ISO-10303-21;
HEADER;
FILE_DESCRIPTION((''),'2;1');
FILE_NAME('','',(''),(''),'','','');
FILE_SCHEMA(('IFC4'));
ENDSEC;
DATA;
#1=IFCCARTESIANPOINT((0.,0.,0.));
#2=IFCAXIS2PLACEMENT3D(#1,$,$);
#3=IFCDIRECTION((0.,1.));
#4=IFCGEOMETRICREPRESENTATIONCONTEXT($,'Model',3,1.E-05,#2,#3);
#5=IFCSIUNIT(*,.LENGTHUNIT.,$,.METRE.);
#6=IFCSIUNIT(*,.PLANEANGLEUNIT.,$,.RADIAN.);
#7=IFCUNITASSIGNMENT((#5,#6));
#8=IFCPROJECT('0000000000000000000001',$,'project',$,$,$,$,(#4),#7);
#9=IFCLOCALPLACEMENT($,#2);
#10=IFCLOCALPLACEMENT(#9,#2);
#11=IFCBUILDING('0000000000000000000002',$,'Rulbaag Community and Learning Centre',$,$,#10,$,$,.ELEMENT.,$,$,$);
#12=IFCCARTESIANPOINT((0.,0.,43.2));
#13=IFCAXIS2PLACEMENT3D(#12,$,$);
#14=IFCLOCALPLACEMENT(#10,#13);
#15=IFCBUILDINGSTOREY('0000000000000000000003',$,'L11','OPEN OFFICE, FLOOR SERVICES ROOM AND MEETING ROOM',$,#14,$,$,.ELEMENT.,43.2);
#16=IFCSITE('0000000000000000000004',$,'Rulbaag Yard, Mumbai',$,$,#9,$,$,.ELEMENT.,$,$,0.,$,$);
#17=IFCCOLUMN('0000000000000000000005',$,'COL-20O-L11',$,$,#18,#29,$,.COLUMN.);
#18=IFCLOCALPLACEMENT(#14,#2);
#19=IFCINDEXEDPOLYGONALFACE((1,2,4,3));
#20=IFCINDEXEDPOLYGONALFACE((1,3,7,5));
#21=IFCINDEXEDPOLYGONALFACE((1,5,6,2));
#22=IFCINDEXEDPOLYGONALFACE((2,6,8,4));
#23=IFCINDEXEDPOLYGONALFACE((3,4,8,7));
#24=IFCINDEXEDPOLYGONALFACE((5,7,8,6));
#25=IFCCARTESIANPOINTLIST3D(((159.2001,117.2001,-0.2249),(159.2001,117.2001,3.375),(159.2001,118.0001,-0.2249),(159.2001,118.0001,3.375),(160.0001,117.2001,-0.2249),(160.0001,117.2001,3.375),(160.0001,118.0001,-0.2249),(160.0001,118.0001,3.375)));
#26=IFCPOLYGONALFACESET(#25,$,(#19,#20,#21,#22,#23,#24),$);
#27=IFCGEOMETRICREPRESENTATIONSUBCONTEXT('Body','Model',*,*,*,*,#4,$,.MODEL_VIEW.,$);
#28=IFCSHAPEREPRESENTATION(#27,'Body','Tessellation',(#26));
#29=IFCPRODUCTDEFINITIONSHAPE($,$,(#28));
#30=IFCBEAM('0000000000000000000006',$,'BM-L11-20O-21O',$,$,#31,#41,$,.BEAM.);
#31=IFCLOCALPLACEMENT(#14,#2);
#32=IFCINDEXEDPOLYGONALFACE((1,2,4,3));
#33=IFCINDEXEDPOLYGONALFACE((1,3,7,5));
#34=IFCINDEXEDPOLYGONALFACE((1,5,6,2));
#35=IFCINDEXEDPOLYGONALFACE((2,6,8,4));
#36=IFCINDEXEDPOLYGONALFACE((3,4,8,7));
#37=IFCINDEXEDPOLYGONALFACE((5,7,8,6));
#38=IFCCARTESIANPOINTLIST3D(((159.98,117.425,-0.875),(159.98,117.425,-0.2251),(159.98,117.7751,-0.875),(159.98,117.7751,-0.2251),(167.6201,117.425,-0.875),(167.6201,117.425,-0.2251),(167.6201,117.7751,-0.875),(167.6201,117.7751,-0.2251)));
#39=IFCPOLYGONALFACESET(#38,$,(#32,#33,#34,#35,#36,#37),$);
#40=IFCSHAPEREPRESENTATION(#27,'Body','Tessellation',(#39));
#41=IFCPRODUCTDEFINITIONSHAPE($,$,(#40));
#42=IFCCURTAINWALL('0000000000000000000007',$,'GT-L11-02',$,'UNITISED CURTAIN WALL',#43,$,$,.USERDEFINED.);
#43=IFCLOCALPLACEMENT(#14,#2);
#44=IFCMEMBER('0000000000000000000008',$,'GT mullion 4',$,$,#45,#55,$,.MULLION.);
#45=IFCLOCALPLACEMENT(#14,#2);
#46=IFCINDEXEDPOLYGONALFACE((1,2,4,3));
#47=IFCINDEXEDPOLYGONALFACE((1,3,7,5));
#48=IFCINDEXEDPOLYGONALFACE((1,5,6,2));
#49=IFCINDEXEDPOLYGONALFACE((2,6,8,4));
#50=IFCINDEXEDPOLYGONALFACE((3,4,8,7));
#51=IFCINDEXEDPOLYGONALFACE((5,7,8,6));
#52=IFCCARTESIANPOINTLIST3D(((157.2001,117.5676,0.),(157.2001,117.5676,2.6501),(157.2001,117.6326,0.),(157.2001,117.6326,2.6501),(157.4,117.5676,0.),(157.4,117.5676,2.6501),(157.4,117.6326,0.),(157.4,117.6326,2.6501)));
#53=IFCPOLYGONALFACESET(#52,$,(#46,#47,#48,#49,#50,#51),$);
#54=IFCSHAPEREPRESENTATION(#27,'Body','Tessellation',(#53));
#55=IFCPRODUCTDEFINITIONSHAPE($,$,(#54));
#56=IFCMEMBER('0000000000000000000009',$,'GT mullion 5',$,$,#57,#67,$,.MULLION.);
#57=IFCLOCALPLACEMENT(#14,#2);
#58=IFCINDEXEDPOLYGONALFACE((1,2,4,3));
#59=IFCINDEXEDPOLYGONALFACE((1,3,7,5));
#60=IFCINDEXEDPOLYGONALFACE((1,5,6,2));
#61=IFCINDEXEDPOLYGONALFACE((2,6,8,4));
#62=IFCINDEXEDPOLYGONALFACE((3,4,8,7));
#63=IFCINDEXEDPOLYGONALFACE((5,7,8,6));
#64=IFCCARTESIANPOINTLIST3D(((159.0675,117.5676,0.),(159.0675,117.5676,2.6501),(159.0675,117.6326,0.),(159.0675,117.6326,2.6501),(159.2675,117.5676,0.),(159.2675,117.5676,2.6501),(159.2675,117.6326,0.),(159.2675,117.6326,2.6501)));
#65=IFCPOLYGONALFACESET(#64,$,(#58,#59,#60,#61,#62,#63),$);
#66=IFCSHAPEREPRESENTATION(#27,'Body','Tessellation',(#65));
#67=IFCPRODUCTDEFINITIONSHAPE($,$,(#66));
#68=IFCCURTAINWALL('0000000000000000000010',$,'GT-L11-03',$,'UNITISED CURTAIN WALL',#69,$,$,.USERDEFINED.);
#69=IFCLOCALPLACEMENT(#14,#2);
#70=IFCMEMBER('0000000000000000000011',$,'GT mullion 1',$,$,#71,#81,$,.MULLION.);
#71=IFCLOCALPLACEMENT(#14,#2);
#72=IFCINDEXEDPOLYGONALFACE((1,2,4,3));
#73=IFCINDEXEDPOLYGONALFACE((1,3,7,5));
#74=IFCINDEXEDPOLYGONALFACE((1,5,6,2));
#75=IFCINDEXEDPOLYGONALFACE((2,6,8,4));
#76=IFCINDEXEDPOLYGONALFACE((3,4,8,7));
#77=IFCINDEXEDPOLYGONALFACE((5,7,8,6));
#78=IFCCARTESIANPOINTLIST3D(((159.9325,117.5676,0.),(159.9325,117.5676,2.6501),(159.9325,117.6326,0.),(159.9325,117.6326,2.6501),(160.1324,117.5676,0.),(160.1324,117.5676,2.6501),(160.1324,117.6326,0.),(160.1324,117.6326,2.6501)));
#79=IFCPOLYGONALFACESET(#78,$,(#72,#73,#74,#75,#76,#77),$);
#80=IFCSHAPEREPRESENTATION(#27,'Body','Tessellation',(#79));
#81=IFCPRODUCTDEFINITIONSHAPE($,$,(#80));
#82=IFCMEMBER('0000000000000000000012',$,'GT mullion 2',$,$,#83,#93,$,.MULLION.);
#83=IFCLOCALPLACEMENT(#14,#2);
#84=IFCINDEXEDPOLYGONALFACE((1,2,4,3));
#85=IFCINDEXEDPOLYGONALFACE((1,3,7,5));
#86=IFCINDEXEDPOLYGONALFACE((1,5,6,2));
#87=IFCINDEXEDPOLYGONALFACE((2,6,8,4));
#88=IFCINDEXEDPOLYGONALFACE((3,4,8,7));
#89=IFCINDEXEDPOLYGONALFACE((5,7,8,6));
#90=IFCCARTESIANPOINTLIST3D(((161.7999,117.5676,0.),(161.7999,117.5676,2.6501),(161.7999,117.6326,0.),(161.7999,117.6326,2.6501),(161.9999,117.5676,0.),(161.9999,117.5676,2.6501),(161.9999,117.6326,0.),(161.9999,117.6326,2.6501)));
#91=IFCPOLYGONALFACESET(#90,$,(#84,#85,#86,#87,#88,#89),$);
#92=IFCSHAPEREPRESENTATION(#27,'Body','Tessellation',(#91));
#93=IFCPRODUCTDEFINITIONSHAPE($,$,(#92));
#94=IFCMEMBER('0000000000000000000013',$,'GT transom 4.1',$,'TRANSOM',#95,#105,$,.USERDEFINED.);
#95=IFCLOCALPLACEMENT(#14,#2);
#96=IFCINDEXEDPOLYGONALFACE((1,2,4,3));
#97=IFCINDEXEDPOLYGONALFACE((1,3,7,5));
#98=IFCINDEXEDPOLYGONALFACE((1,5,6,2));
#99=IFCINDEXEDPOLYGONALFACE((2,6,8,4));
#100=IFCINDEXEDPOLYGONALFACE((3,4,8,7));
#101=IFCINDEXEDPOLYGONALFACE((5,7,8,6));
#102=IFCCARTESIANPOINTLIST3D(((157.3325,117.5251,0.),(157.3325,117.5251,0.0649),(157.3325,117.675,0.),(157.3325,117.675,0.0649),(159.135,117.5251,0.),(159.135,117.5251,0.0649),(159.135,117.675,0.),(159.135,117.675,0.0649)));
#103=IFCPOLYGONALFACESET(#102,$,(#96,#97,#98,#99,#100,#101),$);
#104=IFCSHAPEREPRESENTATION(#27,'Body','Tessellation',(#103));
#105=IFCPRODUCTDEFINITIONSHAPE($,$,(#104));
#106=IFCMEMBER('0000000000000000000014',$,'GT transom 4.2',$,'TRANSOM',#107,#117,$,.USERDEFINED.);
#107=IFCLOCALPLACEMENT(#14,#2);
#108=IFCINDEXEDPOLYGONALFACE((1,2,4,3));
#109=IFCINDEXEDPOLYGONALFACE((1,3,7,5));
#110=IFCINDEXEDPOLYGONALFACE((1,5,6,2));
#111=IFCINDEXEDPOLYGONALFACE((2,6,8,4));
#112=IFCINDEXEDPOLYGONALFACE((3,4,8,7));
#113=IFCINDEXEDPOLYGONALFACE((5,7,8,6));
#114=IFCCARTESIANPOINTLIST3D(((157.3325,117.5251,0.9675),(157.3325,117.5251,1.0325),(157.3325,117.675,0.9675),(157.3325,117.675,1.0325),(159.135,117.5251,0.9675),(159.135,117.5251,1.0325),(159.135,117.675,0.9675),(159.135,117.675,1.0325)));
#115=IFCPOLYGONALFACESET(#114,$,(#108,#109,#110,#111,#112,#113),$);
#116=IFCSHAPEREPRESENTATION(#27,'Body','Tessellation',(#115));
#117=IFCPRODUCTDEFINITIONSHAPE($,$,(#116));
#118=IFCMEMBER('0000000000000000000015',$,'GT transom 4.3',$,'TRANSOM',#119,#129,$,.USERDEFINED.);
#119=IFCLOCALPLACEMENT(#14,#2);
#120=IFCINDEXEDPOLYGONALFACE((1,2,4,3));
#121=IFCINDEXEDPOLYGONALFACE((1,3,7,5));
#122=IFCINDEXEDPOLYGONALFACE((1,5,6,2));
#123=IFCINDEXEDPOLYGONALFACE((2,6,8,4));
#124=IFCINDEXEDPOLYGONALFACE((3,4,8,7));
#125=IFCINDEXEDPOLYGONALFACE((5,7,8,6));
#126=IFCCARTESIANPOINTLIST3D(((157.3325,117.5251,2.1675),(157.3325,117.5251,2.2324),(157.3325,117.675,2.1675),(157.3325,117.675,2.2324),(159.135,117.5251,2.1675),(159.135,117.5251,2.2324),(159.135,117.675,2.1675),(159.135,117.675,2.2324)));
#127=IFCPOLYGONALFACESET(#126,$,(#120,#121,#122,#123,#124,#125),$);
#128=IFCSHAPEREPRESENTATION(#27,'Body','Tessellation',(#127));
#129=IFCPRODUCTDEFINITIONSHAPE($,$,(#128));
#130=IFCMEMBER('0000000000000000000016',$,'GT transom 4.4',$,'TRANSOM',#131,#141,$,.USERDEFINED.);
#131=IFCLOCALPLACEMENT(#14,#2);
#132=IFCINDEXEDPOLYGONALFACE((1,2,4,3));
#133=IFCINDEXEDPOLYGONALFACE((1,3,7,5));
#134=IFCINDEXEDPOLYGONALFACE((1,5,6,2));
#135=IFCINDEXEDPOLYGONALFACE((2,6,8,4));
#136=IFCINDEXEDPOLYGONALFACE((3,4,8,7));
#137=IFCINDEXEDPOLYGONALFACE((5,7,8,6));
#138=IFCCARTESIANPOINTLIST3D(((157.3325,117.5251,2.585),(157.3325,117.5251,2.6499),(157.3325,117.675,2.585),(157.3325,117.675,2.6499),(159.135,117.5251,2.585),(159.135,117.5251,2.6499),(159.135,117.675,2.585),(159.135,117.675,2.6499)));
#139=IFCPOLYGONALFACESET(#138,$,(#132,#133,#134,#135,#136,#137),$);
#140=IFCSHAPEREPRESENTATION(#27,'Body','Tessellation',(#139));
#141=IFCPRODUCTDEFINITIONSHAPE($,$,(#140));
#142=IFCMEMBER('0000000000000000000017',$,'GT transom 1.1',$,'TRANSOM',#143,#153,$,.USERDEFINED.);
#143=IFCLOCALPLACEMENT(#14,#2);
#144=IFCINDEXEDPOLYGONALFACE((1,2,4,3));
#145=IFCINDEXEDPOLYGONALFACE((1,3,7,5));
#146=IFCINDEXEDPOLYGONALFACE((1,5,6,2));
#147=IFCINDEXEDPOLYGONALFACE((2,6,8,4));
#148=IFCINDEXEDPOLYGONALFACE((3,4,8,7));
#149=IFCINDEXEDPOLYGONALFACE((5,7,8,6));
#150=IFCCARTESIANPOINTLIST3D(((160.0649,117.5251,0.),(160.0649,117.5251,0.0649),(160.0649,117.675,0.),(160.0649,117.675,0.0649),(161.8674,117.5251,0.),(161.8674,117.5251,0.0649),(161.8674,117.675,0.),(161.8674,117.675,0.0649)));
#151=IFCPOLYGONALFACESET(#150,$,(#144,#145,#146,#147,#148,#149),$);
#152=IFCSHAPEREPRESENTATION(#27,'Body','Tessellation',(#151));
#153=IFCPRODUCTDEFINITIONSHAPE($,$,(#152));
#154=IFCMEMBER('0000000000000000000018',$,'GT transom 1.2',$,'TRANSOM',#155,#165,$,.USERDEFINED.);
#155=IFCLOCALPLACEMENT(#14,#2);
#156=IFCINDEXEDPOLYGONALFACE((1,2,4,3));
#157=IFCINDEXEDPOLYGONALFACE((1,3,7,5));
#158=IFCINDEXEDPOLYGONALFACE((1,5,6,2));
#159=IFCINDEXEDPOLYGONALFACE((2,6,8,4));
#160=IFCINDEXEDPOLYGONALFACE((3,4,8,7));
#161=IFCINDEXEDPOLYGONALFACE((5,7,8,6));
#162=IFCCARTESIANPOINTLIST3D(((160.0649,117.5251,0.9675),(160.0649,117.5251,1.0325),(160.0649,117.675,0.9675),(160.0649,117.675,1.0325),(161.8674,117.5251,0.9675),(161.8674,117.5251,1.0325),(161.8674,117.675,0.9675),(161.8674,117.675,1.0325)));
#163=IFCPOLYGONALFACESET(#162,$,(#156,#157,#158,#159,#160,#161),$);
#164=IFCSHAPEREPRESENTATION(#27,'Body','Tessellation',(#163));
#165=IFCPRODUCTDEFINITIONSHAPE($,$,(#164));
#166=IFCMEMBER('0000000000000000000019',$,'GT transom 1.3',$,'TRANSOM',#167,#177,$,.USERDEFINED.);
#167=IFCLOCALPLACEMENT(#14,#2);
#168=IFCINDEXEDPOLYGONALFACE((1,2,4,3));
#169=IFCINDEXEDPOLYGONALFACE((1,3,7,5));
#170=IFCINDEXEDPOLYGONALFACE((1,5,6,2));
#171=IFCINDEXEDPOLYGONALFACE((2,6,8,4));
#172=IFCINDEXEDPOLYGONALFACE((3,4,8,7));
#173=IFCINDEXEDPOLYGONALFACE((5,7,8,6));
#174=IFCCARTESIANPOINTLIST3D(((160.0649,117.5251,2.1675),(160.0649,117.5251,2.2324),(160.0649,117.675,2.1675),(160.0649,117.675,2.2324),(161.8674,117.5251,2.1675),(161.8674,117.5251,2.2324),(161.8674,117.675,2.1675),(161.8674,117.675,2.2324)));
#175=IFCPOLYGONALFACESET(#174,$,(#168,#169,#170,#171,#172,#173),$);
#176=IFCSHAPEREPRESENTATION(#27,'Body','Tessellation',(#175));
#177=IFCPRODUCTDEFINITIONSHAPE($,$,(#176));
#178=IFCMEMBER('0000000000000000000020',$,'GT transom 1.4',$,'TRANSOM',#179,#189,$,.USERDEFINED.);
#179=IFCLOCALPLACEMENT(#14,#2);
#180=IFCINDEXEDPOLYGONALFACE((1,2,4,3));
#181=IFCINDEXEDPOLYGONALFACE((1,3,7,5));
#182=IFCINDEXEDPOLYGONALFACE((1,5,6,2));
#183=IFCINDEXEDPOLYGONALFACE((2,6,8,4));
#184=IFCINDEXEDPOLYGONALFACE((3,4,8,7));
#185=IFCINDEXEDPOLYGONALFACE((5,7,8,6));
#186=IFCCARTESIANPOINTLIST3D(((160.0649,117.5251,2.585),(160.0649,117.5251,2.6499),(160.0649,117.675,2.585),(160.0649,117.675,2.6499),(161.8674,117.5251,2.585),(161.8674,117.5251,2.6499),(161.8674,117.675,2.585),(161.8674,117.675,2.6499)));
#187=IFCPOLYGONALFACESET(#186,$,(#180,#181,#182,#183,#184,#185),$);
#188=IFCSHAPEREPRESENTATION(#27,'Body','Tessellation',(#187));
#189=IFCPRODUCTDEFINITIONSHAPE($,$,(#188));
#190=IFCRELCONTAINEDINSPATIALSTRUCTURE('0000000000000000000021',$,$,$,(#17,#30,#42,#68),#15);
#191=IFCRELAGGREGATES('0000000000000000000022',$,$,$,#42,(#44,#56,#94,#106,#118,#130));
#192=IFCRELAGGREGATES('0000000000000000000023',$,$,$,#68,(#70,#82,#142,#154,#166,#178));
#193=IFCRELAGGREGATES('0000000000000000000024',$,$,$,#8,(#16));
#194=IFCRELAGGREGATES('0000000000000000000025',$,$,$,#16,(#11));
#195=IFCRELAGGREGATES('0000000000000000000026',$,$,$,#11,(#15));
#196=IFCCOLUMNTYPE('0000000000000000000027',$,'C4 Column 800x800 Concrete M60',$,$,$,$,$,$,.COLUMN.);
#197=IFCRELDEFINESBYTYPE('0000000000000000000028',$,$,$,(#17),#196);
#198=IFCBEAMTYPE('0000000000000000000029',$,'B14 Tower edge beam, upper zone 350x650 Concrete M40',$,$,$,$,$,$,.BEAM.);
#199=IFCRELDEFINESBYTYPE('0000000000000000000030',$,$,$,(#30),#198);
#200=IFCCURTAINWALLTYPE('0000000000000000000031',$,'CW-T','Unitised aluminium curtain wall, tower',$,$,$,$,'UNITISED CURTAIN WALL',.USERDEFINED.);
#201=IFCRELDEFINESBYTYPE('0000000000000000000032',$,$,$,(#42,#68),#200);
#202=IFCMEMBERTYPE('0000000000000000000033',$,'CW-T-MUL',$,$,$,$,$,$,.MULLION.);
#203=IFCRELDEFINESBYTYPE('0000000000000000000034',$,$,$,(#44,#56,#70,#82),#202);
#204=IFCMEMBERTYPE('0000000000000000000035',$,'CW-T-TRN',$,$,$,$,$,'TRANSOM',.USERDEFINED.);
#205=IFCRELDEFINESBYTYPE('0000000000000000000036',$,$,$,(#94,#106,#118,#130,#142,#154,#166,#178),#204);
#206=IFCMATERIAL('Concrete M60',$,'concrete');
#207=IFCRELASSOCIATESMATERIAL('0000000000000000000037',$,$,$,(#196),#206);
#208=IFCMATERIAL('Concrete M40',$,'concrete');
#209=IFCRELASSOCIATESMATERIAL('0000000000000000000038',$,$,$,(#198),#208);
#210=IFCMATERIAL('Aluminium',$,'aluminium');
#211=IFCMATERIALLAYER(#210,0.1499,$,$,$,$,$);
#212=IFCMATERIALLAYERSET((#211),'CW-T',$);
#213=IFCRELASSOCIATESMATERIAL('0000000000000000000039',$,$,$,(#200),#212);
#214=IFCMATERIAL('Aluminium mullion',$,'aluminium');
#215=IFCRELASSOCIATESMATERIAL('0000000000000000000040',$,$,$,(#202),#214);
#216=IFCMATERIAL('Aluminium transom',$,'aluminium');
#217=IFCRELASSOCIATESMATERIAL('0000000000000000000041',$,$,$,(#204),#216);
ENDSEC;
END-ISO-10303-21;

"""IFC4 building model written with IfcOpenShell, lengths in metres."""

from ifc_helpers import new_model, si_unit, direction, frame, origin, origin_2d, place, context, subcontext, project, spatial, rectangle, extrude, material, layer, layer_set, material_profile, profile_set, type_object, element, aggregate, save


model = new_model("IFC4")

# Units and contexts
model_context = context("Model", 3, precision=1e-05, world=origin(), true_north=direction((0.0, 1.0)))
body_context = subcontext(model_context, "Body", "Model", "MODEL_VIEW")
ifc_project = project(units=[si_unit("LENGTHUNIT", "METRE"), si_unit("PLANEANGLEUNIT", "RADIAN")], contexts=[model_context])

# Site, building, storey
site_placement = place(None, origin())
site = spatial("IfcSite", under=ifc_project, at=site_placement, Name="Rulbaag Yard, Mumbai", CompositionType="ELEMENT", RefElevation=0.0)
building_placement = place(site_placement, origin())
building = spatial("IfcBuilding", under=site, at=building_placement, Name="Rulbaag Community and Learning Centre", CompositionType="ELEMENT")
storey_placement = place(building_placement, frame((0.0, 0.0, 43.2)))
storey = spatial("IfcBuildingStorey", under=building, at=storey_placement, Name="L11", Description="OPEN OFFICE, FLOOR SERVICES ROOM AND MEETING ROOM", CompositionType="ELEMENT", Elevation=43.2)

# Column
ifc_material_1 = material(Name="Concrete M60", Category="concrete")
ifc_material_profile_1 = material_profile(ifc_material_1, rectangle(XDim=0.8, YDim=0.8, at=origin_2d()), Name="RC800x800")
ifc_profile_set_1 = profile_set([ifc_material_profile_1], Name="Concrete M60")
column_type = type_object("IfcColumnType", Name="C4 Column 800x800 Concrete M60", PredefinedType="COLUMN", material=ifc_profile_set_1)
column_placement = place(storey_placement, frame((159.6001, 117.6001, -0.2249), z_axis=(0.0, 0.0, 1.0), x_axis=(1.0, 0.0, 0.0)))
element("IfcColumn", 1, at=column_placement, inside=storey, type_object=column_type, Name="COL-20O-L11", PredefinedType="COLUMN", context=body_context, shape_type="SweptSolid", body=[
    extrude(rectangle(XDim=0.8, YDim=0.8, at=origin_2d()), origin(), (0.0, 0.0, 1.0), 3.5999),
])

# Beam
ifc_material_2 = material(Name="Concrete M40", Category="concrete")
ifc_material_profile_2 = material_profile(ifc_material_2, rectangle(XDim=0.3501, YDim=0.6499, at=origin_2d()), Name="RB350x650")
ifc_profile_set_2 = profile_set([ifc_material_profile_2], Name="Concrete M40")
beam_type = type_object("IfcBeamType", Name="B14 Tower edge beam, upper zone 350x650 Concrete M40", PredefinedType="BEAM", material=ifc_profile_set_2)
beam_placement = place(storey_placement, frame((159.98, 117.6001, -0.55), z_axis=(1.0, 0.0, 0.0), x_axis=(0.0, 1.0, 0.0)))
element("IfcBeam", 2, at=beam_placement, inside=storey, type_object=beam_type, Name="BM-L11-20O-21O", PredefinedType="BEAM", context=body_context, shape_type="SweptSolid", body=[
    extrude(rectangle(XDim=0.3501, YDim=0.6499, at=origin_2d()), origin(), (0.0, 0.0, 1.0), 7.6401),
])

# Curtain walls, members
ifc_material_3 = material(Name="Aluminium", Category="aluminium")
ifc_layer_1 = layer(ifc_material_3, 0.1499)
ifc_layer_set_1 = layer_set([ifc_layer_1], Name="CW-T")
curtain_wall_type = type_object("IfcCurtainWallType", Name="CW-T", Description="Unitised aluminium curtain wall, tower", ElementType="UNITISED CURTAIN WALL", PredefinedType="USERDEFINED", material=ifc_layer_set_1)
curtain_wall_1_placement = place(storey_placement, origin())
curtain_wall_1 = element("IfcCurtainWall", 3, at=curtain_wall_1_placement, inside=storey, type_object=curtain_wall_type, Name="GT-L11-02", ObjectType="UNITISED CURTAIN WALL", PredefinedType="USERDEFINED")
ifc_material_4 = material(Name="Aluminium mullion", Category="aluminium")
ifc_material_profile_3 = material_profile(ifc_material_4, rectangle(XDim=0.0649, YDim=0.2, at=origin_2d()), Name="AL 65x200")
ifc_profile_set_3 = profile_set([ifc_material_profile_3], Name="Aluminium mullion")
member_type_1 = type_object("IfcMemberType", Name="CW-T-MUL", PredefinedType="MULLION", material=ifc_profile_set_3)
member_1_placement = place(storey_placement, frame((157.3, 117.6001, 0.0), z_axis=(0.0, 0.0, 1.0), x_axis=(0.0, 1.0, 0.0)))
member_1 = element("IfcMember", 4, at=member_1_placement, type_object=member_type_1, Name="GT mullion 4", PredefinedType="MULLION", context=body_context, shape_type="SweptSolid", body=[
    extrude(rectangle(XDim=0.0649, YDim=0.2, at=origin_2d()), origin(), (0.0, 0.0, 1.0), 2.6501),
])
member_2_placement = place(storey_placement, frame((159.1675, 117.6001, 0.0), z_axis=(0.0, 0.0, 1.0), x_axis=(0.0, 1.0, 0.0)))
member_2 = element("IfcMember", 5, at=member_2_placement, type_object=member_type_1, Name="GT mullion 5", PredefinedType="MULLION", context=body_context, shape_type="SweptSolid", body=[
    extrude(rectangle(XDim=0.0649, YDim=0.2, at=origin_2d()), origin(), (0.0, 0.0, 1.0), 2.6501),
])
curtain_wall_2_placement = place(storey_placement, origin())
curtain_wall_2 = element("IfcCurtainWall", 6, at=curtain_wall_2_placement, inside=storey, type_object=curtain_wall_type, Name="GT-L11-03", ObjectType="UNITISED CURTAIN WALL", PredefinedType="USERDEFINED")
member_3_placement = place(storey_placement, frame((160.0325, 117.6001, 0.0), z_axis=(0.0, 0.0, 1.0), x_axis=(0.0, 1.0, 0.0)))
member_3 = element("IfcMember", 7, at=member_3_placement, type_object=member_type_1, Name="GT mullion 1", PredefinedType="MULLION", context=body_context, shape_type="SweptSolid", body=[
    extrude(rectangle(XDim=0.0649, YDim=0.2, at=origin_2d()), origin(), (0.0, 0.0, 1.0), 2.6501),
])
member_4_placement = place(storey_placement, frame((161.8999, 117.6001, 0.0), z_axis=(0.0, 0.0, 1.0), x_axis=(0.0, 1.0, 0.0)))
member_4 = element("IfcMember", 8, at=member_4_placement, type_object=member_type_1, Name="GT mullion 2", PredefinedType="MULLION", context=body_context, shape_type="SweptSolid", body=[
    extrude(rectangle(XDim=0.0649, YDim=0.2, at=origin_2d()), origin(), (0.0, 0.0, 1.0), 2.6501),
])

# Members
ifc_material_5 = material(Name="Aluminium transom", Category="aluminium")
ifc_material_profile_4 = material_profile(ifc_material_5, rectangle(XDim=0.1499, YDim=0.0649, at=origin_2d()), Name="AL 65x150 T")
ifc_profile_set_4 = profile_set([ifc_material_profile_4], Name="Aluminium transom")
member_type_2 = type_object("IfcMemberType", Name="CW-T-TRN", ElementType="TRANSOM", PredefinedType="USERDEFINED", material=ifc_profile_set_4)
member_5_placement = place(storey_placement, frame((157.3325, 117.6001, 0.0325), z_axis=(1.0, 0.0, 0.0), x_axis=(0.0, 1.0, 0.0)))
member_5 = element("IfcMember", 9, at=member_5_placement, type_object=member_type_2, Name="GT transom 4.1", ObjectType="TRANSOM", PredefinedType="USERDEFINED", context=body_context, shape_type="SweptSolid", body=[
    extrude(rectangle(XDim=0.1499, YDim=0.0649, at=origin_2d()), origin(), (0.0, 0.0, 1.0), 1.8025),
])
member_6_placement = place(storey_placement, frame((157.3325, 117.6001, 1.0), z_axis=(1.0, 0.0, 0.0), x_axis=(0.0, 1.0, 0.0)))
member_6 = element("IfcMember", 10, at=member_6_placement, type_object=member_type_2, Name="GT transom 4.2", ObjectType="TRANSOM", PredefinedType="USERDEFINED", context=body_context, shape_type="SweptSolid", body=[
    extrude(rectangle(XDim=0.1499, YDim=0.0649, at=origin_2d()), origin(), (0.0, 0.0, 1.0), 1.8025),
])
member_7_placement = place(storey_placement, frame((157.3325, 117.6001, 2.2), z_axis=(1.0, 0.0, 0.0), x_axis=(0.0, 1.0, 0.0)))
member_7 = element("IfcMember", 11, at=member_7_placement, type_object=member_type_2, Name="GT transom 4.3", ObjectType="TRANSOM", PredefinedType="USERDEFINED", context=body_context, shape_type="SweptSolid", body=[
    extrude(rectangle(XDim=0.1499, YDim=0.0649, at=origin_2d()), origin(), (0.0, 0.0, 1.0), 1.8025),
])
member_8_placement = place(storey_placement, frame((157.3325, 117.6001, 2.6174), z_axis=(1.0, 0.0, 0.0), x_axis=(0.0, 1.0, 0.0)))
member_8 = element("IfcMember", 12, at=member_8_placement, type_object=member_type_2, Name="GT transom 4.4", ObjectType="TRANSOM", PredefinedType="USERDEFINED", context=body_context, shape_type="SweptSolid", body=[
    extrude(rectangle(XDim=0.1499, YDim=0.0649, at=origin_2d()), origin(), (0.0, 0.0, 1.0), 1.8025),
])
member_9_placement = place(storey_placement, frame((160.0649, 117.6001, 0.0325), z_axis=(1.0, 0.0, 0.0), x_axis=(0.0, 1.0, 0.0)))
member_9 = element("IfcMember", 13, at=member_9_placement, type_object=member_type_2, Name="GT transom 1.1", ObjectType="TRANSOM", PredefinedType="USERDEFINED", context=body_context, shape_type="SweptSolid", body=[
    extrude(rectangle(XDim=0.1499, YDim=0.0649, at=origin_2d()), origin(), (0.0, 0.0, 1.0), 1.8025),
])
member_10_placement = place(storey_placement, frame((160.0649, 117.6001, 1.0), z_axis=(1.0, 0.0, 0.0), x_axis=(0.0, 1.0, 0.0)))
member_10 = element("IfcMember", 14, at=member_10_placement, type_object=member_type_2, Name="GT transom 1.2", ObjectType="TRANSOM", PredefinedType="USERDEFINED", context=body_context, shape_type="SweptSolid", body=[
    extrude(rectangle(XDim=0.1499, YDim=0.0649, at=origin_2d()), origin(), (0.0, 0.0, 1.0), 1.8025),
])
member_11_placement = place(storey_placement, frame((160.0649, 117.6001, 2.2), z_axis=(1.0, 0.0, 0.0), x_axis=(0.0, 1.0, 0.0)))
member_11 = element("IfcMember", 15, at=member_11_placement, type_object=member_type_2, Name="GT transom 1.3", ObjectType="TRANSOM", PredefinedType="USERDEFINED", context=body_context, shape_type="SweptSolid", body=[
    extrude(rectangle(XDim=0.1499, YDim=0.0649, at=origin_2d()), origin(), (0.0, 0.0, 1.0), 1.8025),
])
member_12_placement = place(storey_placement, frame((160.0649, 117.6001, 2.6174), z_axis=(1.0, 0.0, 0.0), x_axis=(0.0, 1.0, 0.0)))
member_12 = element("IfcMember", 16, at=member_12_placement, type_object=member_type_2, Name="GT transom 1.4", ObjectType="TRANSOM", PredefinedType="USERDEFINED", context=body_context, shape_type="SweptSolid", body=[
    extrude(rectangle(XDim=0.1499, YDim=0.0649, at=origin_2d()), origin(), (0.0, 0.0, 1.0), 1.8025),
])

aggregate(curtain_wall_1, [member_1, member_2, member_5, member_6, member_7, member_8])
aggregate(curtain_wall_2, [member_3, member_4, member_9, member_10, member_11, member_12])

save(model, "model.ifc")
